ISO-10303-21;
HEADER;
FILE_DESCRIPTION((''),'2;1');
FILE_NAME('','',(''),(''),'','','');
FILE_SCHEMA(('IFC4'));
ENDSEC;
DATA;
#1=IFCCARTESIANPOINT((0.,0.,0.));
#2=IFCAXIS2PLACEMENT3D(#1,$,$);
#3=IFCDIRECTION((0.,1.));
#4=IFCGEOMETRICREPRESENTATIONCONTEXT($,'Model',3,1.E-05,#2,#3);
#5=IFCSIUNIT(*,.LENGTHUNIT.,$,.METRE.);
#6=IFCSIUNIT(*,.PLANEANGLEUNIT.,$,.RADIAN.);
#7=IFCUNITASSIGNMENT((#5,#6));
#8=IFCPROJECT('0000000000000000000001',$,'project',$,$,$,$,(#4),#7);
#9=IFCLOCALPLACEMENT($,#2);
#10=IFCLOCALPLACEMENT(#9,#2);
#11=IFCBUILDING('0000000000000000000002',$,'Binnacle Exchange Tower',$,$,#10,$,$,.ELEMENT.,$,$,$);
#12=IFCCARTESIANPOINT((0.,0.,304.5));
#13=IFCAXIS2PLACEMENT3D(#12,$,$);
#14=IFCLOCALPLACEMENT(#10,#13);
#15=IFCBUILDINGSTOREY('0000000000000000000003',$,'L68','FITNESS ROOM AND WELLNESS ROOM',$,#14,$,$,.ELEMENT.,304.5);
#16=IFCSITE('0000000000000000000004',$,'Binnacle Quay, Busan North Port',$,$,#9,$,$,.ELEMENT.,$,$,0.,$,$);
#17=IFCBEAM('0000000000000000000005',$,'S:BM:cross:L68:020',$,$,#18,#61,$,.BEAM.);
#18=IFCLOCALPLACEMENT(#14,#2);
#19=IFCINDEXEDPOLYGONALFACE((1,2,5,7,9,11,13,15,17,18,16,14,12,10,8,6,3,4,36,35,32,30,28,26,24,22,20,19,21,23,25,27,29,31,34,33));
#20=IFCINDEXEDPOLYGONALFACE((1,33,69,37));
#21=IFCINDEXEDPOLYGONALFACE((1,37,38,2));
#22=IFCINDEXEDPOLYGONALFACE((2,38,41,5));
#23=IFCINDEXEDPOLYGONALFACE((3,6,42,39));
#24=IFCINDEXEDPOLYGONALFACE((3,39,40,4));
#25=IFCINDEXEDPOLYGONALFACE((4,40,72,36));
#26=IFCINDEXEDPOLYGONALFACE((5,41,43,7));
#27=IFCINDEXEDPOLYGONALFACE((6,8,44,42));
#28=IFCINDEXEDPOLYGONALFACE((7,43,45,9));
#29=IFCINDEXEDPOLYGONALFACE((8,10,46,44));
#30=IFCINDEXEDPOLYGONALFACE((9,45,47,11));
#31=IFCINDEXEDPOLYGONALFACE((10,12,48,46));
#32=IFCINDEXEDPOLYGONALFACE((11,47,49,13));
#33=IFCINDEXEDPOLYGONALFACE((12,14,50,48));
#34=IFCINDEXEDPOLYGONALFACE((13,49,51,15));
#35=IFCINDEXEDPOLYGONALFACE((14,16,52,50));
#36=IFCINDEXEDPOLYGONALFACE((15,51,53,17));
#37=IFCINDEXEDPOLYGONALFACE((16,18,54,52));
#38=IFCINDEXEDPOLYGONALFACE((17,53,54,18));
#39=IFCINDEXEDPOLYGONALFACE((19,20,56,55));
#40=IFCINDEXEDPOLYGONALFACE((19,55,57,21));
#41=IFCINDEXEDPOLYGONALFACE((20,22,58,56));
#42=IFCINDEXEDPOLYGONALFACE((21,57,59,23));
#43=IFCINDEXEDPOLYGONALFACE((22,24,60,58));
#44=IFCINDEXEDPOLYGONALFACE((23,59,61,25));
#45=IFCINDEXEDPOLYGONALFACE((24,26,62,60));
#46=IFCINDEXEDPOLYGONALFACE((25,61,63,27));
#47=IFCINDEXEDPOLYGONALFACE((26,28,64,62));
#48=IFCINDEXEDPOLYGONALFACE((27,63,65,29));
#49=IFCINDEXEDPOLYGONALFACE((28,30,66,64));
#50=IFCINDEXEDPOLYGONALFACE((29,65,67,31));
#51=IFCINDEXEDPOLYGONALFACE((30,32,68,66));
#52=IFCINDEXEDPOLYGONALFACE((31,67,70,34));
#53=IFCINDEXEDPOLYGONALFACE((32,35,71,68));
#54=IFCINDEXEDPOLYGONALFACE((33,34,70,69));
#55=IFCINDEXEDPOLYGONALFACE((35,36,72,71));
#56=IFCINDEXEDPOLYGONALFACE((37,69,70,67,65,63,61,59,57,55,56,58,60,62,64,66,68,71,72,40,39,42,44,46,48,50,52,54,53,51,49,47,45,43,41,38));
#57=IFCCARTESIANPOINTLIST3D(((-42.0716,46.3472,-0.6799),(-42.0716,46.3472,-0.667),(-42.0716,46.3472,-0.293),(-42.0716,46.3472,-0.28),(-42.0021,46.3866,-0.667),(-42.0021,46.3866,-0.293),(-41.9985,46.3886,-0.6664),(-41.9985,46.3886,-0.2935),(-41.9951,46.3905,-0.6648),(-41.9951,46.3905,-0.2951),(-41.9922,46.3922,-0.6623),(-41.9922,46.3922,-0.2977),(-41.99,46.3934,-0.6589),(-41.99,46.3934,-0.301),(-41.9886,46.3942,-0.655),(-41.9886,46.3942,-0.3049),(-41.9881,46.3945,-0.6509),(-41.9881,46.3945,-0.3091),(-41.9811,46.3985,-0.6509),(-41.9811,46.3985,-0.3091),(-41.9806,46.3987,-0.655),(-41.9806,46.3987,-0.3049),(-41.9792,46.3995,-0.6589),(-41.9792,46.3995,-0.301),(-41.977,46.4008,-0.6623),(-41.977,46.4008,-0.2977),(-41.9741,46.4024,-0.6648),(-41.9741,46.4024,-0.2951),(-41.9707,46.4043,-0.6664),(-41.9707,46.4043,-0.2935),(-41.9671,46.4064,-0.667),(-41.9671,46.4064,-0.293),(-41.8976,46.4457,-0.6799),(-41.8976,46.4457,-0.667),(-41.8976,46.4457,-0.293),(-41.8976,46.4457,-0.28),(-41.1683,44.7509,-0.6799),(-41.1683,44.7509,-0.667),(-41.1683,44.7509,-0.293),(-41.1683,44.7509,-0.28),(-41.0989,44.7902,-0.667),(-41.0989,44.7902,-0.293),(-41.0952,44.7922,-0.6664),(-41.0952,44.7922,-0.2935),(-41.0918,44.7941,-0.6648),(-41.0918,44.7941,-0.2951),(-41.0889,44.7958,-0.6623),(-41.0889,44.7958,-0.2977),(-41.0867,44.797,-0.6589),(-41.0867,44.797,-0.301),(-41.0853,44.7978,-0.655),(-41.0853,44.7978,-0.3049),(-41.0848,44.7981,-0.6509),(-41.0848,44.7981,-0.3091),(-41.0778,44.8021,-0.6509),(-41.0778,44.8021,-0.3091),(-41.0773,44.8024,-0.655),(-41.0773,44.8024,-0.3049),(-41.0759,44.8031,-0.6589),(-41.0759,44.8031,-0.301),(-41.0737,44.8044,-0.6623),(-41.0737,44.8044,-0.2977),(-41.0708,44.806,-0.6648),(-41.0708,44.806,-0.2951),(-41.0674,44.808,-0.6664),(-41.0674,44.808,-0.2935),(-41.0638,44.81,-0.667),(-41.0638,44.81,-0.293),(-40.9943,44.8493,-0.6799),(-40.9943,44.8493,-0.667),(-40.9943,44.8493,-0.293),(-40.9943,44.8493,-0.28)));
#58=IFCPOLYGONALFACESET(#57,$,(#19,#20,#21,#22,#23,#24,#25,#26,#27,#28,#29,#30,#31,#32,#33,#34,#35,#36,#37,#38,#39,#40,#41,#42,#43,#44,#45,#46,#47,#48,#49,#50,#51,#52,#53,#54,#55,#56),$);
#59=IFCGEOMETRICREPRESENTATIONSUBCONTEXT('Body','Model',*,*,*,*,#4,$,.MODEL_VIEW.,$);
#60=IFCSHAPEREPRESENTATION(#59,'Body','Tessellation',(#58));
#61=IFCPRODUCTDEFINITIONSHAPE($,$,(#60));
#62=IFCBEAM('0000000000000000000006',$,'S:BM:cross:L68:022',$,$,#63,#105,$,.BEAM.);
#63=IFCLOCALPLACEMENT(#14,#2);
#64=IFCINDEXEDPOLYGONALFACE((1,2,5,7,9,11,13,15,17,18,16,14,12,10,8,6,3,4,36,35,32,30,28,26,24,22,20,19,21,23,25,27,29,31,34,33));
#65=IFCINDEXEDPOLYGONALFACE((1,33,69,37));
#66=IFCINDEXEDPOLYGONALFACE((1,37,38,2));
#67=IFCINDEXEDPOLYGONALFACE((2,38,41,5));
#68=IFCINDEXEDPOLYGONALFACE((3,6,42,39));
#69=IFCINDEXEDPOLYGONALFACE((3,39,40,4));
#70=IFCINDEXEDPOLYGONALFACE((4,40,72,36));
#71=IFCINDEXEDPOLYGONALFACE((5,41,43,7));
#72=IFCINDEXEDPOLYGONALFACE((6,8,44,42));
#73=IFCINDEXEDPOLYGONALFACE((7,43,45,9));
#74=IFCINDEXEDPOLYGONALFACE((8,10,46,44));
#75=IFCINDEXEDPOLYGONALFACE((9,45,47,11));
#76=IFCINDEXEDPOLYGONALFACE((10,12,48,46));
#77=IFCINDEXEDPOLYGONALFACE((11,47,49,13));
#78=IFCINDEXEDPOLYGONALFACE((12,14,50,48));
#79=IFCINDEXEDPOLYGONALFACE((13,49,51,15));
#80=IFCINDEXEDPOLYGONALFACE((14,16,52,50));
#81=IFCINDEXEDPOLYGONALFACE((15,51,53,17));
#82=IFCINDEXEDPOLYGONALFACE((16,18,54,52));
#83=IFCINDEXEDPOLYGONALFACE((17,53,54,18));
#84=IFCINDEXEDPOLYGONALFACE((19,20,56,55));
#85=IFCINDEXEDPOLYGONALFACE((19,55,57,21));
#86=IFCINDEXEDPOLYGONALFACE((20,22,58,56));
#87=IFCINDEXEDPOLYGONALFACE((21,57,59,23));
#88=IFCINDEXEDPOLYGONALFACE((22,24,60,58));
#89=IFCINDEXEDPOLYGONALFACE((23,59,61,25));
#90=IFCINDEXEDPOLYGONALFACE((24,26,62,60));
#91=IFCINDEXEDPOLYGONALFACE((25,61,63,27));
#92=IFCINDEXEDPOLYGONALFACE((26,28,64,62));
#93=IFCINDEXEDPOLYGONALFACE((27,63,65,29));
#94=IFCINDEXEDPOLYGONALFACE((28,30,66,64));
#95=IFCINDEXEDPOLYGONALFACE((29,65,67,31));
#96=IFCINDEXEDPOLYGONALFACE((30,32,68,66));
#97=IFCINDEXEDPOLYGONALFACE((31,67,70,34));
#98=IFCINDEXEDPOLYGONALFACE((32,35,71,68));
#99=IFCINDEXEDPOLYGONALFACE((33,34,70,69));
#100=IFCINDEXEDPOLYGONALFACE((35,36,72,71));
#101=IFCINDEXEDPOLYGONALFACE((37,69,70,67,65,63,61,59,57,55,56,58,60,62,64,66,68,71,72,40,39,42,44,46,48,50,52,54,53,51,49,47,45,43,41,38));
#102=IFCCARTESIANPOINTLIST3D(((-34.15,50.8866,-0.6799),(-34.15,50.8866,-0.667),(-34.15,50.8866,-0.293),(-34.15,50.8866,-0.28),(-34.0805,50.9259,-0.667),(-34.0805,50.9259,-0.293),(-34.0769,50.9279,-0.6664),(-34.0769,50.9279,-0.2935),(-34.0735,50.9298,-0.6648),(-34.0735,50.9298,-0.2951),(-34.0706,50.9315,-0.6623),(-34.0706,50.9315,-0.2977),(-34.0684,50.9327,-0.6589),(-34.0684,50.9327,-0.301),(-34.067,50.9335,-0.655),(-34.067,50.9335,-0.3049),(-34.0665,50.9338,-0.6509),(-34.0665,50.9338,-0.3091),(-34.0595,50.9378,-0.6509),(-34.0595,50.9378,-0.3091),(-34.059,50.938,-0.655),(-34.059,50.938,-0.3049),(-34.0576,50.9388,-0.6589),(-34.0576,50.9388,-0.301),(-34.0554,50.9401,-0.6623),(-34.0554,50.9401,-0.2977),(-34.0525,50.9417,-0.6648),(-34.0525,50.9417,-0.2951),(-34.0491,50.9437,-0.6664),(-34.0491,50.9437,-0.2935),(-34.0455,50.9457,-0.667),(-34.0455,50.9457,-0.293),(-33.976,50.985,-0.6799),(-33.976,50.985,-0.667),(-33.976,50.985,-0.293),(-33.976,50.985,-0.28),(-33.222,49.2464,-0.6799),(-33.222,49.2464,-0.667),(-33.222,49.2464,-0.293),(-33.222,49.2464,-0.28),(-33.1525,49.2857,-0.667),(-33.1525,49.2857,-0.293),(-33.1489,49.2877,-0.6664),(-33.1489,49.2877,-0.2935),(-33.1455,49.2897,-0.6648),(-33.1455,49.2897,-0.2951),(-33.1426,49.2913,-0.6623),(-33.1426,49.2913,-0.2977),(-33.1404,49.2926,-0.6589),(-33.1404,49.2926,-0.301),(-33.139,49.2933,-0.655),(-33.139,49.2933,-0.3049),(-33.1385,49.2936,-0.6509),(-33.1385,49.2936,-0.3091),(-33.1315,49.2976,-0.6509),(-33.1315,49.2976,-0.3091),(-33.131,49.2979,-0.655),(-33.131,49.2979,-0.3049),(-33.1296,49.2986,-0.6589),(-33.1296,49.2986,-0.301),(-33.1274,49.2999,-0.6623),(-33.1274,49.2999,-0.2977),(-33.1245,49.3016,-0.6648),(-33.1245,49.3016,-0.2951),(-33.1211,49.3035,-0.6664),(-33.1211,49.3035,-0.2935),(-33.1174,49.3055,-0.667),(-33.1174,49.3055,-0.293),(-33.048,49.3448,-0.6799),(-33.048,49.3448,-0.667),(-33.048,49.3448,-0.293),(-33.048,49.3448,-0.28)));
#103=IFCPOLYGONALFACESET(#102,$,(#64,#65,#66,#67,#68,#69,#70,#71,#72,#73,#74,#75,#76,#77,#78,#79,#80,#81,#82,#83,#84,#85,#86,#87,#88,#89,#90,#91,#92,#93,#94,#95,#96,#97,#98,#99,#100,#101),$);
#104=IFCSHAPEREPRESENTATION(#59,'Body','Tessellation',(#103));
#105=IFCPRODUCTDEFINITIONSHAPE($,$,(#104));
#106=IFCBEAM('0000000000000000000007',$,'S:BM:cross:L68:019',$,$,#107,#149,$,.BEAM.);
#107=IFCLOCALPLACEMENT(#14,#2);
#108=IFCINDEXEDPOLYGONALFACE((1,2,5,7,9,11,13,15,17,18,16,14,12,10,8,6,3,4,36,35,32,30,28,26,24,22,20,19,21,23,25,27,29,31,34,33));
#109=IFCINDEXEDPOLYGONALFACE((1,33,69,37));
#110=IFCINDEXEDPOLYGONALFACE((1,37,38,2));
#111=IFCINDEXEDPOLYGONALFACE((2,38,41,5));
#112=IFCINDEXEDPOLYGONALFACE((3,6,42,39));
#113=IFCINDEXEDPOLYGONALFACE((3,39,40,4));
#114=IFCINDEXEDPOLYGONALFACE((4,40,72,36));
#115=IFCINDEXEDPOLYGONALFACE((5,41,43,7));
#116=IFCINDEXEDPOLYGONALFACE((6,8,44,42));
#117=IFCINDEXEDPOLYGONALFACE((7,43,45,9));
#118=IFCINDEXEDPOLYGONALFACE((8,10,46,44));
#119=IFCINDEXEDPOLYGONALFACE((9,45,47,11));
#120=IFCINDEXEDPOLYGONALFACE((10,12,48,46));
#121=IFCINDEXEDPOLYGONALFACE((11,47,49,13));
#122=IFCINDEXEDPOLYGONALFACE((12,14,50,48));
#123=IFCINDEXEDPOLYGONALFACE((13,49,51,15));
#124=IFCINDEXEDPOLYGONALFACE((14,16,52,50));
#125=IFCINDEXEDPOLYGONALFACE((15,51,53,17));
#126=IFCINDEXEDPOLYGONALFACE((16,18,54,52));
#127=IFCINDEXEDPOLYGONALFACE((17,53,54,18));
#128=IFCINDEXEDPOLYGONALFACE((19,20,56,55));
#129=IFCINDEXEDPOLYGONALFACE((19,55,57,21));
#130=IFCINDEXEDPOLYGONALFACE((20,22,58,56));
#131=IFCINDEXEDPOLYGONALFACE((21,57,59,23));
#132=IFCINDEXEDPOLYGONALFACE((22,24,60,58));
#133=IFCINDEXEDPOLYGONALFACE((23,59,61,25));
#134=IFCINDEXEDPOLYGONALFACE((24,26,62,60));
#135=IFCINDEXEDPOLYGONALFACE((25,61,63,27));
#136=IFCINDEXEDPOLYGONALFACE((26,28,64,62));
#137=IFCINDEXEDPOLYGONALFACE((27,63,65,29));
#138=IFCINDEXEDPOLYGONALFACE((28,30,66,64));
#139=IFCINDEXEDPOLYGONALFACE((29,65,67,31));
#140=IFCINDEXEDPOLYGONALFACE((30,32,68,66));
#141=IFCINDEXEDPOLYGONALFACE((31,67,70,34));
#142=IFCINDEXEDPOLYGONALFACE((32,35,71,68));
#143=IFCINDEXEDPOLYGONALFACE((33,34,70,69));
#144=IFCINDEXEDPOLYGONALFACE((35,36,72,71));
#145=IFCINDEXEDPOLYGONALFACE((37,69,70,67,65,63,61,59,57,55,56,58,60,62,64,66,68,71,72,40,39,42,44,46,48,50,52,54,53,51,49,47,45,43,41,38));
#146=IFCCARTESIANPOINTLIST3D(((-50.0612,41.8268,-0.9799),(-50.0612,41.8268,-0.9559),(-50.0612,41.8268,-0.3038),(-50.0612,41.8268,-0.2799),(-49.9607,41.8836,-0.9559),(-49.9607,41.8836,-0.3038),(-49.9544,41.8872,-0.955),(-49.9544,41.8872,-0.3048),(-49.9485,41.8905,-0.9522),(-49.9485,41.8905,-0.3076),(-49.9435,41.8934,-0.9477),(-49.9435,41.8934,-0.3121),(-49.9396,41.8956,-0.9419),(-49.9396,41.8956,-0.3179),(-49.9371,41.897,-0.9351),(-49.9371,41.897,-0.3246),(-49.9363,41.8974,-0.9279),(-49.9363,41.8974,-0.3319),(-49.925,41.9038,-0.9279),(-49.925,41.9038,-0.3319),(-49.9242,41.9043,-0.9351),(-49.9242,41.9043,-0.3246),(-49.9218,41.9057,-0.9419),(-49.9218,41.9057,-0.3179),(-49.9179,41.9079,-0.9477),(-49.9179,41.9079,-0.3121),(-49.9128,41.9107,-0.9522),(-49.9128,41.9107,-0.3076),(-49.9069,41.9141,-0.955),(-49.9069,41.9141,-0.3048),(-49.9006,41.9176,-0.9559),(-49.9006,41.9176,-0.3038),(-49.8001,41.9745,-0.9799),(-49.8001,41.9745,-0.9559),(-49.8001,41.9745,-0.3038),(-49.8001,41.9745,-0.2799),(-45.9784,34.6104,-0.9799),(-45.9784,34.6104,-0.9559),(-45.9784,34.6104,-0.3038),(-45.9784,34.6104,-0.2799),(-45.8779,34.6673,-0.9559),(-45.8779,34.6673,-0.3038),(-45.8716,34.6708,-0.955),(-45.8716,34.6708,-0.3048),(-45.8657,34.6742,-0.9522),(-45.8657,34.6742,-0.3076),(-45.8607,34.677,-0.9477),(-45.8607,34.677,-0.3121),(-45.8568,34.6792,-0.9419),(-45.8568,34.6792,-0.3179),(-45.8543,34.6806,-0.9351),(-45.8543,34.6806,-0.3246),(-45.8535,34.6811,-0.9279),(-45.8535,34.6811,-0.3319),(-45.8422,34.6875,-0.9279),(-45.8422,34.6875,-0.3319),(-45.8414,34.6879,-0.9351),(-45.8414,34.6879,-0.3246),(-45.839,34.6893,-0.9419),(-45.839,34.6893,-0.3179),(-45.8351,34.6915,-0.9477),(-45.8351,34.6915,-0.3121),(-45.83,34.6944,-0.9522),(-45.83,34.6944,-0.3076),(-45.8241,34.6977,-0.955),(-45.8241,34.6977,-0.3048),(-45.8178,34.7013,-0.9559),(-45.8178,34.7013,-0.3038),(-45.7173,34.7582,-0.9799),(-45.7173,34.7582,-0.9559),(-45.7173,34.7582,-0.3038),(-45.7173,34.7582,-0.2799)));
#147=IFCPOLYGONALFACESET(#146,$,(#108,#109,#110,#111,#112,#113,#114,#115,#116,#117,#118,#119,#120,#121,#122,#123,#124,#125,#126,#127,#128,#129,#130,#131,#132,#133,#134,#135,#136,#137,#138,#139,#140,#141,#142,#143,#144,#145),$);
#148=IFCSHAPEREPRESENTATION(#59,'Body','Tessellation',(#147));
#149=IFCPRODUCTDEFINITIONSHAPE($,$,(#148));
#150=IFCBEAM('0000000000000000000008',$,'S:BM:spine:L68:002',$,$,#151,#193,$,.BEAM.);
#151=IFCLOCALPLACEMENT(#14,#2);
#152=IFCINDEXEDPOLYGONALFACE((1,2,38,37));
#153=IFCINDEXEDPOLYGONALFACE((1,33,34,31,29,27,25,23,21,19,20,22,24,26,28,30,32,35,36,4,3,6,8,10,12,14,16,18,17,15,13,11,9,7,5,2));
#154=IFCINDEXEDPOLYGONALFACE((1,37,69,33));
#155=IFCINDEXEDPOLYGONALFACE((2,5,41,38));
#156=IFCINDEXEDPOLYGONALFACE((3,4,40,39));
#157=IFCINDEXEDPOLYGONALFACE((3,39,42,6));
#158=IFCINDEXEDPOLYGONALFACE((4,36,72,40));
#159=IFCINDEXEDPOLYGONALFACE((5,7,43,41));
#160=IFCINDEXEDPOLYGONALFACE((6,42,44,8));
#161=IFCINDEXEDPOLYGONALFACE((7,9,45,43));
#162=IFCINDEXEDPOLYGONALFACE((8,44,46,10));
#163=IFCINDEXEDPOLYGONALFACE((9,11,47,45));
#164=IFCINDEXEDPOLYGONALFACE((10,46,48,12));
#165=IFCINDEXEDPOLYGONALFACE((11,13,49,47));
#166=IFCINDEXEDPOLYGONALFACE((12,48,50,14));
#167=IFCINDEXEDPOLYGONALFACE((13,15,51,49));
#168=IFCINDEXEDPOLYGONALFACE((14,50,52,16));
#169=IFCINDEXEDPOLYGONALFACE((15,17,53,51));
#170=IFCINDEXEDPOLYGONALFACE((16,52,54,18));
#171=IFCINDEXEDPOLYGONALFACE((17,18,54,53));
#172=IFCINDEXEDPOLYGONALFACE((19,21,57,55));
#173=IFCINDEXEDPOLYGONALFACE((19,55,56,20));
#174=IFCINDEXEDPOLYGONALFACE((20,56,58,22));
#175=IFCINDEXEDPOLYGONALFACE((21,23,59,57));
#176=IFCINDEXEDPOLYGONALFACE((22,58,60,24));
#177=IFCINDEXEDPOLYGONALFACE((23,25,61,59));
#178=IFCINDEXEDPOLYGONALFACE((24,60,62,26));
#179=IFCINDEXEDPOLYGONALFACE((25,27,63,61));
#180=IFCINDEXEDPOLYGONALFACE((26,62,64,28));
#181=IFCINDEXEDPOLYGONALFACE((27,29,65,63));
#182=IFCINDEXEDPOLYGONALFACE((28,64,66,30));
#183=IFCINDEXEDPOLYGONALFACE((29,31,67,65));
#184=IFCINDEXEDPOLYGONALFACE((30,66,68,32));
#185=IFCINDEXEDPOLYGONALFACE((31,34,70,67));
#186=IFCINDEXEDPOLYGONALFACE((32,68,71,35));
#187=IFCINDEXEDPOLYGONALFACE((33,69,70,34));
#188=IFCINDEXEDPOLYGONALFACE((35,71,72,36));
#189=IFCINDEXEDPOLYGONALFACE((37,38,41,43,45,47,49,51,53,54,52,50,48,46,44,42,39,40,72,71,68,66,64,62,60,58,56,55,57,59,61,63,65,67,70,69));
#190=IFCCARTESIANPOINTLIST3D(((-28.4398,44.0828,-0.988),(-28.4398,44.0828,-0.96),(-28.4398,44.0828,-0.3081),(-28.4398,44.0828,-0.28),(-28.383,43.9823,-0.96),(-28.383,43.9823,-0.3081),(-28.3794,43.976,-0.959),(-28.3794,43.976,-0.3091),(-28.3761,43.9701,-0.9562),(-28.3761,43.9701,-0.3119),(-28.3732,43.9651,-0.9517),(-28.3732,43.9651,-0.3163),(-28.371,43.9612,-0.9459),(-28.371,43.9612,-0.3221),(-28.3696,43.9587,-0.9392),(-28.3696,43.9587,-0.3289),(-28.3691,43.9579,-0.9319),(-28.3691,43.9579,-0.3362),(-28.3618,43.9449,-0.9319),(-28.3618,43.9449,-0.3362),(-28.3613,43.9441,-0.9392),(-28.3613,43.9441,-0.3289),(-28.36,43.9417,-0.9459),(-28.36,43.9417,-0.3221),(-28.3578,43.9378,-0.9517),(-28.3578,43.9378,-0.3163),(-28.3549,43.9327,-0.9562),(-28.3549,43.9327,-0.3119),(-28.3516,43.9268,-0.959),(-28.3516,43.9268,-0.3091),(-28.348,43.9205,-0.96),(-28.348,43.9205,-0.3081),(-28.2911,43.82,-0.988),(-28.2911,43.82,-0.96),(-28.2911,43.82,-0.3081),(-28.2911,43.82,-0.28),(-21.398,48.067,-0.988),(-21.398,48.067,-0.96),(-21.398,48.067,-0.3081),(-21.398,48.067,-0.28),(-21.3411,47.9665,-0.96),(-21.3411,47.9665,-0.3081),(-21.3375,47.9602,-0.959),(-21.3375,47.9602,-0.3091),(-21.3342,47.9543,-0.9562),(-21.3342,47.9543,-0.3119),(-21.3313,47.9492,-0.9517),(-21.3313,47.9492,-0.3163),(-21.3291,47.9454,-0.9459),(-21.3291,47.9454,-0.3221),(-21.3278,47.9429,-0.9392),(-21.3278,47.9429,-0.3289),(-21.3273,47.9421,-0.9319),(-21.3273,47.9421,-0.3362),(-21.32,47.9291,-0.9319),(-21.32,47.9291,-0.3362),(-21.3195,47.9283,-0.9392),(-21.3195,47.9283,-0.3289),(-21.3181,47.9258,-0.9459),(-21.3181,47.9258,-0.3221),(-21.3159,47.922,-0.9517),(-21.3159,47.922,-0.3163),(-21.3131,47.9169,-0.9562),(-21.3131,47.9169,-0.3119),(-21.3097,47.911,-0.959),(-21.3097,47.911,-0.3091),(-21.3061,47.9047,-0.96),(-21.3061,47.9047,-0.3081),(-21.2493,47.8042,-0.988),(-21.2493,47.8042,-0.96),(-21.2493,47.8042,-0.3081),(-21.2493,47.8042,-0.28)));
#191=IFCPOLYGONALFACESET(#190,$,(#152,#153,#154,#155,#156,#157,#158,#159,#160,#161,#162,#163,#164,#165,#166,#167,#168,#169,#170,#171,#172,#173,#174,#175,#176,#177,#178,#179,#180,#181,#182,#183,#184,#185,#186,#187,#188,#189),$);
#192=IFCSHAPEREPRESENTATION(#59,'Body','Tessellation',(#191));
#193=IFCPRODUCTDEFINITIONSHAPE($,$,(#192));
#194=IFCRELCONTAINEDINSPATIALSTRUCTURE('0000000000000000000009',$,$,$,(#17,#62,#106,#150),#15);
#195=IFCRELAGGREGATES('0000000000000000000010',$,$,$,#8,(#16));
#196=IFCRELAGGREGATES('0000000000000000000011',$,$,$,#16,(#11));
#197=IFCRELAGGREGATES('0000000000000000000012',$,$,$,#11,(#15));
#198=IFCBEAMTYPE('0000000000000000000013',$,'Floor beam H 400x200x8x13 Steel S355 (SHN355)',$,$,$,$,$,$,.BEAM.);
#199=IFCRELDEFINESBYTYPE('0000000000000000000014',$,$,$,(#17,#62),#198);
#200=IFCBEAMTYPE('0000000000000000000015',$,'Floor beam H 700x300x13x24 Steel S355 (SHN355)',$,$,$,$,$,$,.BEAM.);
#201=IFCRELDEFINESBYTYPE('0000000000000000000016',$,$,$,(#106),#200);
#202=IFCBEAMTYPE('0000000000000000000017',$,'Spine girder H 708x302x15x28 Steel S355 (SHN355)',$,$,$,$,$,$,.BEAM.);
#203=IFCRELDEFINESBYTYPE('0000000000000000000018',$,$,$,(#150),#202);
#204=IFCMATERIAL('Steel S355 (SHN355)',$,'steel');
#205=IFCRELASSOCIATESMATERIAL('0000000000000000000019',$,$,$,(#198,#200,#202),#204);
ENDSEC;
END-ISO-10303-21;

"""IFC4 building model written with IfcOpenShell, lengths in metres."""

from ifc_helpers import new_model, si_unit, direction, frame, origin, origin_2d, place, context, subcontext, project, spatial, i_section, extrude, material, material_profile, profile_set, type_object, element, save


model = new_model("IFC4")

# Units and contexts
model_context = context("Model", 3, precision=1e-05, world=origin(), true_north=direction((0.0, 1.0)))
body_context = subcontext(model_context, "Body", "Model", "MODEL_VIEW")
ifc_project = project(units=[si_unit("LENGTHUNIT", "METRE"), si_unit("PLANEANGLEUNIT", "RADIAN")], contexts=[model_context])

# Site, building, storey
site_placement = place(None, origin())
site = spatial("IfcSite", under=ifc_project, at=site_placement, Name="Binnacle Quay, Busan North Port", CompositionType="ELEMENT", RefElevation=0.0)
building_placement = place(site_placement, origin())
building = spatial("IfcBuilding", under=site, at=building_placement, Name="Binnacle Exchange Tower", CompositionType="ELEMENT")
storey_placement = place(building_placement, frame((0.0, 0.0, 304.5)))
storey = spatial("IfcBuildingStorey", under=building, at=storey_placement, Name="L68", Description="FITNESS ROOM AND WELLNESS ROOM", CompositionType="ELEMENT", Elevation=304.5)

# Beams
ifc_material_1 = material(Name="Steel S355 (SHN355)", Category="steel")
ifc_material_profile_1 = material_profile(ifc_material_1, i_section(OverallWidth=0.2, OverallDepth=0.3999, WebThickness=0.0081, FlangeThickness=0.0129, FilletRadius=0.0161, at=origin_2d()), Name="H 400x200x8x13")
ifc_profile_set_1 = profile_set([ifc_material_profile_1], Name="Steel S355 (SHN355)")
beam_type_1 = type_object("IfcBeamType", Name="Floor beam H 400x200x8x13 Steel S355 (SHN355)", PredefinedType="BEAM", material=ifc_profile_set_1)
beam_1_placement = place(storey_placement, frame((-41.9846, 46.3965, -0.48), z_axis=(0.492465, -0.870332, 0.0), x_axis=(0.870332, 0.492465, 0.0)))
element("IfcBeam", 1, at=beam_1_placement, inside=storey, type_object=beam_type_1, Name="S:BM:cross:L68:020", PredefinedType="BEAM", context=body_context, shape_type="SweptSolid", body=[
    extrude(i_section(OverallWidth=0.2, OverallDepth=0.3999, WebThickness=0.0081, FlangeThickness=0.0129, FilletRadius=0.0161, at=origin_2d()), origin(), (0.0, 0.0, 1.0), 1.8342),
])
beam_2_placement = place(storey_placement, frame((-34.063, 50.9358, -0.48), z_axis=(0.492437, -0.870348, 0.0), x_axis=(0.870348, 0.492437, 0.0)))
element("IfcBeam", 2, at=beam_2_placement, inside=storey, type_object=beam_type_1, Name="S:BM:cross:L68:022", PredefinedType="BEAM", context=body_context, shape_type="SweptSolid", body=[
    extrude(i_section(OverallWidth=0.2, OverallDepth=0.3999, WebThickness=0.0081, FlangeThickness=0.0129, FilletRadius=0.0161, at=origin_2d()), origin(), (0.0, 0.0, 1.0), 1.8845),
])
ifc_material_profile_2 = material_profile(ifc_material_1, i_section(OverallWidth=0.3, OverallDepth=0.7, WebThickness=0.0129, FlangeThickness=0.0239, FilletRadius=0.0281, at=origin_2d()), Name="H 700x300x13x24")
ifc_profile_set_2 = profile_set([ifc_material_profile_2], Name="Steel S355 (SHN355)")
beam_type_2 = type_object("IfcBeamType", Name="Floor beam H 700x300x13x24 Steel S355 (SHN355)", PredefinedType="BEAM", material=ifc_profile_set_2)
beam_3_placement = place(storey_placement, frame((-49.9307, 41.9006, -0.6299), z_axis=(0.492421, -0.870357, 0.0), x_axis=(0.870357, 0.492421, 0.0)))
element("IfcBeam", 3, at=beam_3_placement, inside=storey, type_object=beam_type_2, Name="S:BM:cross:L68:019", PredefinedType="BEAM", context=body_context, shape_type="SweptSolid", body=[
    extrude(i_section(OverallWidth=0.3, OverallDepth=0.7, WebThickness=0.0129, FlangeThickness=0.0239, FilletRadius=0.0281, at=origin_2d()), origin(), (0.0, 0.0, 1.0), 8.2913),
])
ifc_material_profile_3 = material_profile(ifc_material_1, i_section(OverallWidth=0.302, OverallDepth=0.708, WebThickness=0.0149, FlangeThickness=0.0281, FilletRadius=0.0281, at=origin_2d()), Name="H 708x302x15x28")
ifc_profile_set_3 = profile_set([ifc_material_profile_3], Name="Steel S355 (SHN355)")
beam_type_3 = type_object("IfcBeamType", Name="Spine girder H 708x302x15x28 Steel S355 (SHN355)", PredefinedType="BEAM", material=ifc_profile_set_3)
beam_4_placement = place(storey_placement, frame((-28.3655, 43.9514, -0.634), z_axis=(0.87035, 0.492433, 0.0), x_axis=(-0.492433, 0.87035, 0.0)))
element("IfcBeam", 4, at=beam_4_placement, inside=storey, type_object=beam_type_3, Name="S:BM:spine:L68:002", PredefinedType="BEAM", context=body_context, shape_type="SweptSolid", body=[
    extrude(i_section(OverallWidth=0.302, OverallDepth=0.708, WebThickness=0.0149, FlangeThickness=0.0281, FilletRadius=0.0281, at=origin_2d()), origin(), (0.0, 0.0, 1.0), 8.0908),
])

save(model, "model.ifc")
